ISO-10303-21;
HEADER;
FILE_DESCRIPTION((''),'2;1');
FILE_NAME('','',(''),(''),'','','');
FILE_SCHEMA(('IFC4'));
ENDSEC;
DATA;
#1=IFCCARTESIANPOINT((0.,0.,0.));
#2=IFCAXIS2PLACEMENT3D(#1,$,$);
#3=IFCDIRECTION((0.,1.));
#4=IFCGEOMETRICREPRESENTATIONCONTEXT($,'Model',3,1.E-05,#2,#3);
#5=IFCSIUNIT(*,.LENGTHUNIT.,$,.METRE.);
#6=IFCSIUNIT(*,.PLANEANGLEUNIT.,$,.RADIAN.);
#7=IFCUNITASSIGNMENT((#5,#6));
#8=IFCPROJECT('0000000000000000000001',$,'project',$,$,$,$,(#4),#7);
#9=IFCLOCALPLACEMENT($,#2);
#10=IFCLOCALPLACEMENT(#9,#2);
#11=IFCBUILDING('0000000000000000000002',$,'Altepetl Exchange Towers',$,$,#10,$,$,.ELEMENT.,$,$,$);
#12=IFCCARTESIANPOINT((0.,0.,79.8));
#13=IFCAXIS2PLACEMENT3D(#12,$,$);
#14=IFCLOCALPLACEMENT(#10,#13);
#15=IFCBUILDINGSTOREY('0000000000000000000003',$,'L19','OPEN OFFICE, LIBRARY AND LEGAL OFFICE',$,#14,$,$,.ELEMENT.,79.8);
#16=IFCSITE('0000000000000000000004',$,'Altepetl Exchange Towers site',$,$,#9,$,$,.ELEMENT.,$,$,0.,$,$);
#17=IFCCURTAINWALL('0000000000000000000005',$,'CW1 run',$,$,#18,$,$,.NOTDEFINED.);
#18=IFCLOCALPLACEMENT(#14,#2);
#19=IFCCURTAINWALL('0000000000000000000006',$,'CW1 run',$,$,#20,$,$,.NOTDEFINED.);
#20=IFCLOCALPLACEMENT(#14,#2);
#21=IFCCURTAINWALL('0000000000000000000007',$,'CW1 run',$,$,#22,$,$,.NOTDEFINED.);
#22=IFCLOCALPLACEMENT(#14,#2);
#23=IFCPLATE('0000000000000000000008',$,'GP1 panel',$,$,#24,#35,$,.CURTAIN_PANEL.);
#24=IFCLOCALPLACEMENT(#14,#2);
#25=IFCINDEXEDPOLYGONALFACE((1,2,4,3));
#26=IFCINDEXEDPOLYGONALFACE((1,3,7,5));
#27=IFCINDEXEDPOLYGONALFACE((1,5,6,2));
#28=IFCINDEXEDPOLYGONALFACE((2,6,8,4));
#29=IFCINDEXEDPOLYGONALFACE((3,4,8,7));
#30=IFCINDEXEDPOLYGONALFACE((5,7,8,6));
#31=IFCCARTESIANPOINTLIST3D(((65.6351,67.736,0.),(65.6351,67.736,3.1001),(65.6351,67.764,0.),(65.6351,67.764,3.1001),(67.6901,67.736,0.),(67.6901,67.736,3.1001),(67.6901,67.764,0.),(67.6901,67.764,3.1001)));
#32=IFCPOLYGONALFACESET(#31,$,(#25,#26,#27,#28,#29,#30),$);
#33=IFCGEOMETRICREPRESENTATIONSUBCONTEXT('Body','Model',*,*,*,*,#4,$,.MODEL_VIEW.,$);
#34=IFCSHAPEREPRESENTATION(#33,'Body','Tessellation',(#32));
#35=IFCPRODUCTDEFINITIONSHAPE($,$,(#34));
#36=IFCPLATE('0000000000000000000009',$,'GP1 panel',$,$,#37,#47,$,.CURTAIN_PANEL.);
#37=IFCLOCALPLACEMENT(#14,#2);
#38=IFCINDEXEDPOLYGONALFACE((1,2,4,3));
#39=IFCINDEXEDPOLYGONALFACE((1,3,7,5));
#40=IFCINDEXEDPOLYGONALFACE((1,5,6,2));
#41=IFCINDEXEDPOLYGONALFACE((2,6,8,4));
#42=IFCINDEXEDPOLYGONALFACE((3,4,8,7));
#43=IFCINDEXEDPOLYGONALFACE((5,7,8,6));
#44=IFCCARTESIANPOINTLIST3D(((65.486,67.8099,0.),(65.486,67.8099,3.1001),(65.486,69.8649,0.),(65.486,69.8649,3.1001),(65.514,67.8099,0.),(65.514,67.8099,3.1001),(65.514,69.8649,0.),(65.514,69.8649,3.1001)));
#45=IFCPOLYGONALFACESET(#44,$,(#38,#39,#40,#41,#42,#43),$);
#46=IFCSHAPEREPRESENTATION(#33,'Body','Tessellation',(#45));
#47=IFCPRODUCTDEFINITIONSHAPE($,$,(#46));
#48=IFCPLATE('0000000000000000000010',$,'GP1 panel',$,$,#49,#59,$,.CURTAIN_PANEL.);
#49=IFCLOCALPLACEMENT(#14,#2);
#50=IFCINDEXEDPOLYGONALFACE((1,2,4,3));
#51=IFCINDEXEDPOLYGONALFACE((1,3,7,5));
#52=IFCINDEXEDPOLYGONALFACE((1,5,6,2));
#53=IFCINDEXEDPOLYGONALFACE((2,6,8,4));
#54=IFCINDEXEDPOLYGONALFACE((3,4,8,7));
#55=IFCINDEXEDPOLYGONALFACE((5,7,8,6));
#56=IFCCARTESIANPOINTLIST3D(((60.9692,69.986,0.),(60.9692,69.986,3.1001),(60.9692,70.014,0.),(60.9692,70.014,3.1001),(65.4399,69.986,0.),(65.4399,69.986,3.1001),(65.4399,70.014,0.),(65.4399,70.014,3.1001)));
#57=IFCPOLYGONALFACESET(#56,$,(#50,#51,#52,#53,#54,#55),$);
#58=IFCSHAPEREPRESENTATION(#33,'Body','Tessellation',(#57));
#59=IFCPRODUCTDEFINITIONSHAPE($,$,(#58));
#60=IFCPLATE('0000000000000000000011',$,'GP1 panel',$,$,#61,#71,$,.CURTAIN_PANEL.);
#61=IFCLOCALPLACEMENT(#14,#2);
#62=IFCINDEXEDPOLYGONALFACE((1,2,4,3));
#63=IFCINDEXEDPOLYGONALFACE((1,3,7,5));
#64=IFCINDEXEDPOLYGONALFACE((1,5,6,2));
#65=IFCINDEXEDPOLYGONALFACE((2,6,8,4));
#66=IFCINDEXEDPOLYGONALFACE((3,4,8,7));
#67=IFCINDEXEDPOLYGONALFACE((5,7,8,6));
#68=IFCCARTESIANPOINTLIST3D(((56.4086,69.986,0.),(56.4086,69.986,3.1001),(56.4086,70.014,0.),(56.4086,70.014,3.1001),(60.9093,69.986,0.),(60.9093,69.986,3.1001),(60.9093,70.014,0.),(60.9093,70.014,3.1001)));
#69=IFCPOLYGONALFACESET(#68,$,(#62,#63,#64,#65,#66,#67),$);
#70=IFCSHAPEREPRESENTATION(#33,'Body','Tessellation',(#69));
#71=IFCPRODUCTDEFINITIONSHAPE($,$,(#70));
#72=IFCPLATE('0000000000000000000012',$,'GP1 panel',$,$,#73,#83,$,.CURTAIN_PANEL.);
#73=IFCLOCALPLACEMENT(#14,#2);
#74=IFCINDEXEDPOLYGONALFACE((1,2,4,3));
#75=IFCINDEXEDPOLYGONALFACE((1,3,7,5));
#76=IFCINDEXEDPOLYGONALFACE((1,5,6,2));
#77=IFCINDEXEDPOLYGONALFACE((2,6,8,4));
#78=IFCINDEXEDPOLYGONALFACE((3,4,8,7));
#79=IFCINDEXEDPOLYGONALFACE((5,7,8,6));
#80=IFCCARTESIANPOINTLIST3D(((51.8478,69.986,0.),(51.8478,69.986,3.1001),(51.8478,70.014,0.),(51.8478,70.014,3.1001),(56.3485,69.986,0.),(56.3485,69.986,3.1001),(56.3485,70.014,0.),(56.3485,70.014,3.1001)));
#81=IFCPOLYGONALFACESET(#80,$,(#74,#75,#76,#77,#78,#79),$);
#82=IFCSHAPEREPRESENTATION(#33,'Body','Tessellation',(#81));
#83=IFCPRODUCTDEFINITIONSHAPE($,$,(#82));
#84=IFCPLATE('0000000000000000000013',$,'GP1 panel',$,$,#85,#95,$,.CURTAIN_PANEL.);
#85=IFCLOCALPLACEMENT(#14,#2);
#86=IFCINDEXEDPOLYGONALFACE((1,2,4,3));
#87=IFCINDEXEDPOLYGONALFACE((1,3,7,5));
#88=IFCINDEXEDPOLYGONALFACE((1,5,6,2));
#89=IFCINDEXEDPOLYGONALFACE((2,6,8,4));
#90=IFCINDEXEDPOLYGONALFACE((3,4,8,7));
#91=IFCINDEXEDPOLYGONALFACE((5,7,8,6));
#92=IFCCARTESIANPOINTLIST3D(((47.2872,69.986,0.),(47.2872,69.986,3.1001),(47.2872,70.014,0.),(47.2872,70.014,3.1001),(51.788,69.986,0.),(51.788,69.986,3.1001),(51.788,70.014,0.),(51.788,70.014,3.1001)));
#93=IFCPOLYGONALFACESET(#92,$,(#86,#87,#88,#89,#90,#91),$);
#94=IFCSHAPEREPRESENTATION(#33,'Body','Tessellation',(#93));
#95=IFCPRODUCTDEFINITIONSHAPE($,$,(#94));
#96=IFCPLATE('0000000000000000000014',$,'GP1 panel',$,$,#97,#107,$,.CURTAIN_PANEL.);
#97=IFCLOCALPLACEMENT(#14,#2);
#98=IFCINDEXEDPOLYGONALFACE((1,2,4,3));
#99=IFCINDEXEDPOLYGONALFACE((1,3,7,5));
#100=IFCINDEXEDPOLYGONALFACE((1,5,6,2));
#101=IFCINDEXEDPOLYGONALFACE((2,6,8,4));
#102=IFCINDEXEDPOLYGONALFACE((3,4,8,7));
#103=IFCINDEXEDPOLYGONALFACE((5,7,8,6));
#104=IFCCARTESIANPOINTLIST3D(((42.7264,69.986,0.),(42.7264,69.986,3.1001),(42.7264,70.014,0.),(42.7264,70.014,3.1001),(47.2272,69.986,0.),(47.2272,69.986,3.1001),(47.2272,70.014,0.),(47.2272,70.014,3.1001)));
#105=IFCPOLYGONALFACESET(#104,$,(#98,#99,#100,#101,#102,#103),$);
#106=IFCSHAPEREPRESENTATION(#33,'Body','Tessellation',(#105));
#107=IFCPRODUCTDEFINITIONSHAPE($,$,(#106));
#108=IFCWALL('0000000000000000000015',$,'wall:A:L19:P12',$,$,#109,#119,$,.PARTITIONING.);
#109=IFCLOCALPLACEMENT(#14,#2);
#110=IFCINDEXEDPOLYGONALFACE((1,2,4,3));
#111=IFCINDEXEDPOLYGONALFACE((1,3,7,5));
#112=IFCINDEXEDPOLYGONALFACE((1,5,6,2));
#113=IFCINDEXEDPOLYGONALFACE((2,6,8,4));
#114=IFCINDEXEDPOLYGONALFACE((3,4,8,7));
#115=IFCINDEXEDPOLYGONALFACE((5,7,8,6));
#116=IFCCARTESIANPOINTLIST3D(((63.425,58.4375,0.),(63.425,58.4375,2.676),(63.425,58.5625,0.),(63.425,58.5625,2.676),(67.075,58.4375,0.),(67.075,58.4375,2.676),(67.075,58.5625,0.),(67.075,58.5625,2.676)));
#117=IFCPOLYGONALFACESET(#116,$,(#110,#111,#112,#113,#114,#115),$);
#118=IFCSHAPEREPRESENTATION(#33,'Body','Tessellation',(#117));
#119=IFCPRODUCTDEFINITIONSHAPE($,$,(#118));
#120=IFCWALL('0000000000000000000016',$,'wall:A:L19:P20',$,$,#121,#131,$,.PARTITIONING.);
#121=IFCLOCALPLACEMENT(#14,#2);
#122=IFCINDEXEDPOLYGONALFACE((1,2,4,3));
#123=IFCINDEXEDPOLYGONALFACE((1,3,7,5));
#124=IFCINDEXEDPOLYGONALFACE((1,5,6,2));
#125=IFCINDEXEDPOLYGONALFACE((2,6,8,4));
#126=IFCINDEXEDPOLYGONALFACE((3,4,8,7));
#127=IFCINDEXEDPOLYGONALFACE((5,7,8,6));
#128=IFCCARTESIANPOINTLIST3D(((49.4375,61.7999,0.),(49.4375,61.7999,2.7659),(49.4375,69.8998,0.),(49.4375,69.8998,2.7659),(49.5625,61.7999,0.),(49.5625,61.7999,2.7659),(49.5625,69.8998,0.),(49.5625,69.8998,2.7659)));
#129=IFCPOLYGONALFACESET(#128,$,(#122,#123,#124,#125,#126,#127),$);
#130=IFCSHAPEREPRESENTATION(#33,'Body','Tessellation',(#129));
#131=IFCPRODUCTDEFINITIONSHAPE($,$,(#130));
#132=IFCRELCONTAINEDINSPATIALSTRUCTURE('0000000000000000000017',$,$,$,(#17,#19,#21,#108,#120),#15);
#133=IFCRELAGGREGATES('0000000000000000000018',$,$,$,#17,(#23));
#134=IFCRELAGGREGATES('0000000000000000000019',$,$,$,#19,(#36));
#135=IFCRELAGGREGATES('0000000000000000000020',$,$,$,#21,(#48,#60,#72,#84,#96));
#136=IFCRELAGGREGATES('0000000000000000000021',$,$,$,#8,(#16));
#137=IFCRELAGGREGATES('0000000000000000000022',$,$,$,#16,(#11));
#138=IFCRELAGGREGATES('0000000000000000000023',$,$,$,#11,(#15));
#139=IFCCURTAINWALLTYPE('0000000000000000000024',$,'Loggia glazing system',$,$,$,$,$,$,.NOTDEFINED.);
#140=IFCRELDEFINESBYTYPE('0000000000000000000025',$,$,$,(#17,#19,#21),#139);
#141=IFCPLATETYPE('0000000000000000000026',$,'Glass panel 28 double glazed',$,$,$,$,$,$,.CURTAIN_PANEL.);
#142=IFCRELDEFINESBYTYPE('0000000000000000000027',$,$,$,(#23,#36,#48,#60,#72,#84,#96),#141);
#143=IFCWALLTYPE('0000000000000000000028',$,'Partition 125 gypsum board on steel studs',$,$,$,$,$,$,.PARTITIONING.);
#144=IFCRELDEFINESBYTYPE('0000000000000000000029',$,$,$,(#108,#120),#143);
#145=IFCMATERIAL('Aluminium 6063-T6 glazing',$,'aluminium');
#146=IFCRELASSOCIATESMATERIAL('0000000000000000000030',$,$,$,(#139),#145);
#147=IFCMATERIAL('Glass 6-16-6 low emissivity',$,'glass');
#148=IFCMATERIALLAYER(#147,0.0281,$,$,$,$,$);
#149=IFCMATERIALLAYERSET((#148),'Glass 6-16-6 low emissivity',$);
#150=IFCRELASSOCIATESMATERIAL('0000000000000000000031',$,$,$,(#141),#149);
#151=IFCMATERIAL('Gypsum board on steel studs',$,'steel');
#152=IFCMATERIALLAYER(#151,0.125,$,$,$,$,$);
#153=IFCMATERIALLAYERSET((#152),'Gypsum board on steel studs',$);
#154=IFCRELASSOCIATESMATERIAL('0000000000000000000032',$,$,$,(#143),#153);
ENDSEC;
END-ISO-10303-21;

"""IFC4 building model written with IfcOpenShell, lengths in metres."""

from ifc_helpers import new_model, si_unit, direction, frame, frame_2d, origin, origin_2d, place, context, subcontext, project, spatial, rectangle, extrude, material, layer, layer_set, type_object, element, aggregate, save


model = new_model("IFC4")

# Units and contexts
model_context = context("Model", 3, precision=1e-05, world=origin(), true_north=direction((0.0, 1.0)))
body_context = subcontext(model_context, "Body", "Model", "MODEL_VIEW")
ifc_project = project(units=[si_unit("LENGTHUNIT", "METRE"), si_unit("PLANEANGLEUNIT", "RADIAN")], contexts=[model_context])

# Site, building, storey
site_placement = place(None, origin())
site = spatial("IfcSite", under=ifc_project, at=site_placement, Name="Altepetl Exchange Towers site", CompositionType="ELEMENT", RefElevation=0.0)
building_placement = place(site_placement, origin())
building = spatial("IfcBuilding", under=site, at=building_placement, Name="Altepetl Exchange Towers", CompositionType="ELEMENT")
storey_placement = place(building_placement, frame((0.0, 0.0, 79.8)))
storey = spatial("IfcBuildingStorey", under=building, at=storey_placement, Name="L19", Description="OPEN OFFICE, LIBRARY AND LEGAL OFFICE", CompositionType="ELEMENT", Elevation=79.8)

# Curtain wall
ifc_material_1 = material(Name="Aluminium 6063-T6 glazing", Category="aluminium")
curtain_wall_type = type_object("IfcCurtainWallType", Name="Loggia glazing system", PredefinedType="NOTDEFINED", material=ifc_material_1)
curtain_wall_1_placement = place(storey_placement, origin())
curtain_wall_1 = element("IfcCurtainWall", 1, at=curtain_wall_1_placement, inside=storey, type_object=curtain_wall_type, Name="CW1 run", PredefinedType="NOTDEFINED")

# Curtain walls
curtain_wall_2_placement = place(storey_placement, origin())
curtain_wall_2 = element("IfcCurtainWall", 2, at=curtain_wall_2_placement, inside=storey, type_object=curtain_wall_type, Name="CW1 run", PredefinedType="NOTDEFINED")
curtain_wall_3_placement = place(storey_placement, origin())
curtain_wall_3 = element("IfcCurtainWall", 3, at=curtain_wall_3_placement, inside=storey, type_object=curtain_wall_type, Name="CW1 run", PredefinedType="NOTDEFINED")

# Plates
ifc_material_2 = material(Name="Glass 6-16-6 low emissivity", Category="glass")
ifc_layer_1 = layer(ifc_material_2, 0.0281)
ifc_layer_set_1 = layer_set([ifc_layer_1], Name="Glass 6-16-6 low emissivity")
plate_type = type_object("IfcPlateType", Name="Glass panel 28 double glazed", PredefinedType="CURTAIN_PANEL", material=ifc_layer_set_1)
plate_1_placement = place(storey_placement, frame((66.6626, 67.75, 0.0), z_axis=(0.0, 0.0, 1.0), x_axis=(-1.0, 0.0, 0.0)))
plate_1 = element("IfcPlate", 4, at=plate_1_placement, type_object=plate_type, Name="GP1 panel", PredefinedType="CURTAIN_PANEL", context=body_context, shape_type="SweptSolid", body=[
    extrude(rectangle(XDim=2.0549, YDim=0.0281, at=origin_2d()), origin(), (0.0, 0.0, 1.0), 3.1001),
])
aggregate(curtain_wall_1, [plate_1])
plate_2_placement = place(storey_placement, frame((65.5, 68.8374, 0.0), z_axis=(0.0, 0.0, 1.0), x_axis=(0.0, 1.0, 0.0)))
plate_2 = element("IfcPlate", 5, at=plate_2_placement, type_object=plate_type, Name="GP1 panel", PredefinedType="CURTAIN_PANEL", context=body_context, shape_type="SweptSolid", body=[
    extrude(rectangle(XDim=2.0549, YDim=0.0281, at=origin_2d()), origin(), (0.0, 0.0, 1.0), 3.1001),
])
aggregate(curtain_wall_2, [plate_2])
plate_3_placement = place(storey_placement, frame((63.2046, 70.0, 0.0), z_axis=(0.0, 0.0, 1.0), x_axis=(-1.0, 0.0, 0.0)))
plate_3 = element("IfcPlate", 6, at=plate_3_placement, type_object=plate_type, Name="GP1 panel", PredefinedType="CURTAIN_PANEL", context=body_context, shape_type="SweptSolid", body=[
    extrude(rectangle(XDim=4.4707, YDim=0.0281, at=origin_2d()), origin(), (0.0, 0.0, 1.0), 3.1001),
])
plate_4_placement = place(storey_placement, frame((58.6589, 70.0, 0.0), z_axis=(0.0, 0.0, 1.0), x_axis=(-1.0, 0.0, 0.0)))
plate_4 = element("IfcPlate", 7, at=plate_4_placement, type_object=plate_type, Name="GP1 panel", PredefinedType="CURTAIN_PANEL", context=body_context, shape_type="SweptSolid", body=[
    extrude(rectangle(XDim=4.5007, YDim=0.0281, at=origin_2d()), origin(), (0.0, 0.0, 1.0), 3.1001),
])
plate_5_placement = place(storey_placement, frame((54.0981, 70.0, 0.0), z_axis=(0.0, 0.0, 1.0), x_axis=(-1.0, 0.0, 0.0)))
plate_5 = element("IfcPlate", 8, at=plate_5_placement, type_object=plate_type, Name="GP1 panel", PredefinedType="CURTAIN_PANEL", context=body_context, shape_type="SweptSolid", body=[
    extrude(rectangle(XDim=4.5007, YDim=0.0281, at=origin_2d()), origin(), (0.0, 0.0, 1.0), 3.1001),
])
plate_6_placement = place(storey_placement, frame((49.5376, 70.0, 0.0), z_axis=(0.0, 0.0, 1.0), x_axis=(-1.0, 0.0, 0.0)))
plate_6 = element("IfcPlate", 9, at=plate_6_placement, type_object=plate_type, Name="GP1 panel", PredefinedType="CURTAIN_PANEL", context=body_context, shape_type="SweptSolid", body=[
    extrude(rectangle(XDim=4.5007, YDim=0.0281, at=origin_2d()), origin(), (0.0, 0.0, 1.0), 3.1001),
])
plate_7_placement = place(storey_placement, frame((44.9768, 70.0, 0.0), z_axis=(0.0, 0.0, 1.0), x_axis=(-1.0, 0.0, 0.0)))
plate_7 = element("IfcPlate", 10, at=plate_7_placement, type_object=plate_type, Name="GP1 panel", PredefinedType="CURTAIN_PANEL", context=body_context, shape_type="SweptSolid", body=[
    extrude(rectangle(XDim=4.5007, YDim=0.0281, at=origin_2d()), origin(), (0.0, 0.0, 1.0), 3.1001),
])
aggregate(curtain_wall_3, [plate_3, plate_4, plate_5, plate_6, plate_7])

# Walls
ifc_material_3 = material(Name="Gypsum board on steel studs", Category="steel")
ifc_layer_2 = layer(ifc_material_3, 0.125)
ifc_layer_set_2 = layer_set([ifc_layer_2], Name="Gypsum board on steel studs")
wall_type = type_object("IfcWallType", Name="Partition 125 gypsum board on steel studs", PredefinedType="PARTITIONING", material=ifc_layer_set_2)
wall_1_placement = place(storey_placement, frame((63.425, 58.5, 0.0)))
element("IfcWall", 11, at=wall_1_placement, inside=storey, type_object=wall_type, Name="wall:A:L19:P12", PredefinedType="PARTITIONING", context=body_context, shape_type="SweptSolid", body=[
    extrude(rectangle(XDim=3.6499, YDim=0.125, at=frame_2d((1.825, 0.0))), origin(), (0.0, 0.0, 1.0), 2.676),
])
wall_2_placement = place(storey_placement, frame((49.5, 61.8, 0.0), z_axis=(0.0, 0.0, 1.0), x_axis=(0.0, 1.0, 0.0)))
element("IfcWall", 12, at=wall_2_placement, inside=storey, type_object=wall_type, Name="wall:A:L19:P20", PredefinedType="PARTITIONING", context=body_context, shape_type="SweptSolid", body=[
    extrude(rectangle(XDim=8.0999, YDim=0.125, at=frame_2d((4.0498, 0.0))), origin(), (0.0, 0.0, 1.0), 2.7659),
])

save(model, "model.ifc")
